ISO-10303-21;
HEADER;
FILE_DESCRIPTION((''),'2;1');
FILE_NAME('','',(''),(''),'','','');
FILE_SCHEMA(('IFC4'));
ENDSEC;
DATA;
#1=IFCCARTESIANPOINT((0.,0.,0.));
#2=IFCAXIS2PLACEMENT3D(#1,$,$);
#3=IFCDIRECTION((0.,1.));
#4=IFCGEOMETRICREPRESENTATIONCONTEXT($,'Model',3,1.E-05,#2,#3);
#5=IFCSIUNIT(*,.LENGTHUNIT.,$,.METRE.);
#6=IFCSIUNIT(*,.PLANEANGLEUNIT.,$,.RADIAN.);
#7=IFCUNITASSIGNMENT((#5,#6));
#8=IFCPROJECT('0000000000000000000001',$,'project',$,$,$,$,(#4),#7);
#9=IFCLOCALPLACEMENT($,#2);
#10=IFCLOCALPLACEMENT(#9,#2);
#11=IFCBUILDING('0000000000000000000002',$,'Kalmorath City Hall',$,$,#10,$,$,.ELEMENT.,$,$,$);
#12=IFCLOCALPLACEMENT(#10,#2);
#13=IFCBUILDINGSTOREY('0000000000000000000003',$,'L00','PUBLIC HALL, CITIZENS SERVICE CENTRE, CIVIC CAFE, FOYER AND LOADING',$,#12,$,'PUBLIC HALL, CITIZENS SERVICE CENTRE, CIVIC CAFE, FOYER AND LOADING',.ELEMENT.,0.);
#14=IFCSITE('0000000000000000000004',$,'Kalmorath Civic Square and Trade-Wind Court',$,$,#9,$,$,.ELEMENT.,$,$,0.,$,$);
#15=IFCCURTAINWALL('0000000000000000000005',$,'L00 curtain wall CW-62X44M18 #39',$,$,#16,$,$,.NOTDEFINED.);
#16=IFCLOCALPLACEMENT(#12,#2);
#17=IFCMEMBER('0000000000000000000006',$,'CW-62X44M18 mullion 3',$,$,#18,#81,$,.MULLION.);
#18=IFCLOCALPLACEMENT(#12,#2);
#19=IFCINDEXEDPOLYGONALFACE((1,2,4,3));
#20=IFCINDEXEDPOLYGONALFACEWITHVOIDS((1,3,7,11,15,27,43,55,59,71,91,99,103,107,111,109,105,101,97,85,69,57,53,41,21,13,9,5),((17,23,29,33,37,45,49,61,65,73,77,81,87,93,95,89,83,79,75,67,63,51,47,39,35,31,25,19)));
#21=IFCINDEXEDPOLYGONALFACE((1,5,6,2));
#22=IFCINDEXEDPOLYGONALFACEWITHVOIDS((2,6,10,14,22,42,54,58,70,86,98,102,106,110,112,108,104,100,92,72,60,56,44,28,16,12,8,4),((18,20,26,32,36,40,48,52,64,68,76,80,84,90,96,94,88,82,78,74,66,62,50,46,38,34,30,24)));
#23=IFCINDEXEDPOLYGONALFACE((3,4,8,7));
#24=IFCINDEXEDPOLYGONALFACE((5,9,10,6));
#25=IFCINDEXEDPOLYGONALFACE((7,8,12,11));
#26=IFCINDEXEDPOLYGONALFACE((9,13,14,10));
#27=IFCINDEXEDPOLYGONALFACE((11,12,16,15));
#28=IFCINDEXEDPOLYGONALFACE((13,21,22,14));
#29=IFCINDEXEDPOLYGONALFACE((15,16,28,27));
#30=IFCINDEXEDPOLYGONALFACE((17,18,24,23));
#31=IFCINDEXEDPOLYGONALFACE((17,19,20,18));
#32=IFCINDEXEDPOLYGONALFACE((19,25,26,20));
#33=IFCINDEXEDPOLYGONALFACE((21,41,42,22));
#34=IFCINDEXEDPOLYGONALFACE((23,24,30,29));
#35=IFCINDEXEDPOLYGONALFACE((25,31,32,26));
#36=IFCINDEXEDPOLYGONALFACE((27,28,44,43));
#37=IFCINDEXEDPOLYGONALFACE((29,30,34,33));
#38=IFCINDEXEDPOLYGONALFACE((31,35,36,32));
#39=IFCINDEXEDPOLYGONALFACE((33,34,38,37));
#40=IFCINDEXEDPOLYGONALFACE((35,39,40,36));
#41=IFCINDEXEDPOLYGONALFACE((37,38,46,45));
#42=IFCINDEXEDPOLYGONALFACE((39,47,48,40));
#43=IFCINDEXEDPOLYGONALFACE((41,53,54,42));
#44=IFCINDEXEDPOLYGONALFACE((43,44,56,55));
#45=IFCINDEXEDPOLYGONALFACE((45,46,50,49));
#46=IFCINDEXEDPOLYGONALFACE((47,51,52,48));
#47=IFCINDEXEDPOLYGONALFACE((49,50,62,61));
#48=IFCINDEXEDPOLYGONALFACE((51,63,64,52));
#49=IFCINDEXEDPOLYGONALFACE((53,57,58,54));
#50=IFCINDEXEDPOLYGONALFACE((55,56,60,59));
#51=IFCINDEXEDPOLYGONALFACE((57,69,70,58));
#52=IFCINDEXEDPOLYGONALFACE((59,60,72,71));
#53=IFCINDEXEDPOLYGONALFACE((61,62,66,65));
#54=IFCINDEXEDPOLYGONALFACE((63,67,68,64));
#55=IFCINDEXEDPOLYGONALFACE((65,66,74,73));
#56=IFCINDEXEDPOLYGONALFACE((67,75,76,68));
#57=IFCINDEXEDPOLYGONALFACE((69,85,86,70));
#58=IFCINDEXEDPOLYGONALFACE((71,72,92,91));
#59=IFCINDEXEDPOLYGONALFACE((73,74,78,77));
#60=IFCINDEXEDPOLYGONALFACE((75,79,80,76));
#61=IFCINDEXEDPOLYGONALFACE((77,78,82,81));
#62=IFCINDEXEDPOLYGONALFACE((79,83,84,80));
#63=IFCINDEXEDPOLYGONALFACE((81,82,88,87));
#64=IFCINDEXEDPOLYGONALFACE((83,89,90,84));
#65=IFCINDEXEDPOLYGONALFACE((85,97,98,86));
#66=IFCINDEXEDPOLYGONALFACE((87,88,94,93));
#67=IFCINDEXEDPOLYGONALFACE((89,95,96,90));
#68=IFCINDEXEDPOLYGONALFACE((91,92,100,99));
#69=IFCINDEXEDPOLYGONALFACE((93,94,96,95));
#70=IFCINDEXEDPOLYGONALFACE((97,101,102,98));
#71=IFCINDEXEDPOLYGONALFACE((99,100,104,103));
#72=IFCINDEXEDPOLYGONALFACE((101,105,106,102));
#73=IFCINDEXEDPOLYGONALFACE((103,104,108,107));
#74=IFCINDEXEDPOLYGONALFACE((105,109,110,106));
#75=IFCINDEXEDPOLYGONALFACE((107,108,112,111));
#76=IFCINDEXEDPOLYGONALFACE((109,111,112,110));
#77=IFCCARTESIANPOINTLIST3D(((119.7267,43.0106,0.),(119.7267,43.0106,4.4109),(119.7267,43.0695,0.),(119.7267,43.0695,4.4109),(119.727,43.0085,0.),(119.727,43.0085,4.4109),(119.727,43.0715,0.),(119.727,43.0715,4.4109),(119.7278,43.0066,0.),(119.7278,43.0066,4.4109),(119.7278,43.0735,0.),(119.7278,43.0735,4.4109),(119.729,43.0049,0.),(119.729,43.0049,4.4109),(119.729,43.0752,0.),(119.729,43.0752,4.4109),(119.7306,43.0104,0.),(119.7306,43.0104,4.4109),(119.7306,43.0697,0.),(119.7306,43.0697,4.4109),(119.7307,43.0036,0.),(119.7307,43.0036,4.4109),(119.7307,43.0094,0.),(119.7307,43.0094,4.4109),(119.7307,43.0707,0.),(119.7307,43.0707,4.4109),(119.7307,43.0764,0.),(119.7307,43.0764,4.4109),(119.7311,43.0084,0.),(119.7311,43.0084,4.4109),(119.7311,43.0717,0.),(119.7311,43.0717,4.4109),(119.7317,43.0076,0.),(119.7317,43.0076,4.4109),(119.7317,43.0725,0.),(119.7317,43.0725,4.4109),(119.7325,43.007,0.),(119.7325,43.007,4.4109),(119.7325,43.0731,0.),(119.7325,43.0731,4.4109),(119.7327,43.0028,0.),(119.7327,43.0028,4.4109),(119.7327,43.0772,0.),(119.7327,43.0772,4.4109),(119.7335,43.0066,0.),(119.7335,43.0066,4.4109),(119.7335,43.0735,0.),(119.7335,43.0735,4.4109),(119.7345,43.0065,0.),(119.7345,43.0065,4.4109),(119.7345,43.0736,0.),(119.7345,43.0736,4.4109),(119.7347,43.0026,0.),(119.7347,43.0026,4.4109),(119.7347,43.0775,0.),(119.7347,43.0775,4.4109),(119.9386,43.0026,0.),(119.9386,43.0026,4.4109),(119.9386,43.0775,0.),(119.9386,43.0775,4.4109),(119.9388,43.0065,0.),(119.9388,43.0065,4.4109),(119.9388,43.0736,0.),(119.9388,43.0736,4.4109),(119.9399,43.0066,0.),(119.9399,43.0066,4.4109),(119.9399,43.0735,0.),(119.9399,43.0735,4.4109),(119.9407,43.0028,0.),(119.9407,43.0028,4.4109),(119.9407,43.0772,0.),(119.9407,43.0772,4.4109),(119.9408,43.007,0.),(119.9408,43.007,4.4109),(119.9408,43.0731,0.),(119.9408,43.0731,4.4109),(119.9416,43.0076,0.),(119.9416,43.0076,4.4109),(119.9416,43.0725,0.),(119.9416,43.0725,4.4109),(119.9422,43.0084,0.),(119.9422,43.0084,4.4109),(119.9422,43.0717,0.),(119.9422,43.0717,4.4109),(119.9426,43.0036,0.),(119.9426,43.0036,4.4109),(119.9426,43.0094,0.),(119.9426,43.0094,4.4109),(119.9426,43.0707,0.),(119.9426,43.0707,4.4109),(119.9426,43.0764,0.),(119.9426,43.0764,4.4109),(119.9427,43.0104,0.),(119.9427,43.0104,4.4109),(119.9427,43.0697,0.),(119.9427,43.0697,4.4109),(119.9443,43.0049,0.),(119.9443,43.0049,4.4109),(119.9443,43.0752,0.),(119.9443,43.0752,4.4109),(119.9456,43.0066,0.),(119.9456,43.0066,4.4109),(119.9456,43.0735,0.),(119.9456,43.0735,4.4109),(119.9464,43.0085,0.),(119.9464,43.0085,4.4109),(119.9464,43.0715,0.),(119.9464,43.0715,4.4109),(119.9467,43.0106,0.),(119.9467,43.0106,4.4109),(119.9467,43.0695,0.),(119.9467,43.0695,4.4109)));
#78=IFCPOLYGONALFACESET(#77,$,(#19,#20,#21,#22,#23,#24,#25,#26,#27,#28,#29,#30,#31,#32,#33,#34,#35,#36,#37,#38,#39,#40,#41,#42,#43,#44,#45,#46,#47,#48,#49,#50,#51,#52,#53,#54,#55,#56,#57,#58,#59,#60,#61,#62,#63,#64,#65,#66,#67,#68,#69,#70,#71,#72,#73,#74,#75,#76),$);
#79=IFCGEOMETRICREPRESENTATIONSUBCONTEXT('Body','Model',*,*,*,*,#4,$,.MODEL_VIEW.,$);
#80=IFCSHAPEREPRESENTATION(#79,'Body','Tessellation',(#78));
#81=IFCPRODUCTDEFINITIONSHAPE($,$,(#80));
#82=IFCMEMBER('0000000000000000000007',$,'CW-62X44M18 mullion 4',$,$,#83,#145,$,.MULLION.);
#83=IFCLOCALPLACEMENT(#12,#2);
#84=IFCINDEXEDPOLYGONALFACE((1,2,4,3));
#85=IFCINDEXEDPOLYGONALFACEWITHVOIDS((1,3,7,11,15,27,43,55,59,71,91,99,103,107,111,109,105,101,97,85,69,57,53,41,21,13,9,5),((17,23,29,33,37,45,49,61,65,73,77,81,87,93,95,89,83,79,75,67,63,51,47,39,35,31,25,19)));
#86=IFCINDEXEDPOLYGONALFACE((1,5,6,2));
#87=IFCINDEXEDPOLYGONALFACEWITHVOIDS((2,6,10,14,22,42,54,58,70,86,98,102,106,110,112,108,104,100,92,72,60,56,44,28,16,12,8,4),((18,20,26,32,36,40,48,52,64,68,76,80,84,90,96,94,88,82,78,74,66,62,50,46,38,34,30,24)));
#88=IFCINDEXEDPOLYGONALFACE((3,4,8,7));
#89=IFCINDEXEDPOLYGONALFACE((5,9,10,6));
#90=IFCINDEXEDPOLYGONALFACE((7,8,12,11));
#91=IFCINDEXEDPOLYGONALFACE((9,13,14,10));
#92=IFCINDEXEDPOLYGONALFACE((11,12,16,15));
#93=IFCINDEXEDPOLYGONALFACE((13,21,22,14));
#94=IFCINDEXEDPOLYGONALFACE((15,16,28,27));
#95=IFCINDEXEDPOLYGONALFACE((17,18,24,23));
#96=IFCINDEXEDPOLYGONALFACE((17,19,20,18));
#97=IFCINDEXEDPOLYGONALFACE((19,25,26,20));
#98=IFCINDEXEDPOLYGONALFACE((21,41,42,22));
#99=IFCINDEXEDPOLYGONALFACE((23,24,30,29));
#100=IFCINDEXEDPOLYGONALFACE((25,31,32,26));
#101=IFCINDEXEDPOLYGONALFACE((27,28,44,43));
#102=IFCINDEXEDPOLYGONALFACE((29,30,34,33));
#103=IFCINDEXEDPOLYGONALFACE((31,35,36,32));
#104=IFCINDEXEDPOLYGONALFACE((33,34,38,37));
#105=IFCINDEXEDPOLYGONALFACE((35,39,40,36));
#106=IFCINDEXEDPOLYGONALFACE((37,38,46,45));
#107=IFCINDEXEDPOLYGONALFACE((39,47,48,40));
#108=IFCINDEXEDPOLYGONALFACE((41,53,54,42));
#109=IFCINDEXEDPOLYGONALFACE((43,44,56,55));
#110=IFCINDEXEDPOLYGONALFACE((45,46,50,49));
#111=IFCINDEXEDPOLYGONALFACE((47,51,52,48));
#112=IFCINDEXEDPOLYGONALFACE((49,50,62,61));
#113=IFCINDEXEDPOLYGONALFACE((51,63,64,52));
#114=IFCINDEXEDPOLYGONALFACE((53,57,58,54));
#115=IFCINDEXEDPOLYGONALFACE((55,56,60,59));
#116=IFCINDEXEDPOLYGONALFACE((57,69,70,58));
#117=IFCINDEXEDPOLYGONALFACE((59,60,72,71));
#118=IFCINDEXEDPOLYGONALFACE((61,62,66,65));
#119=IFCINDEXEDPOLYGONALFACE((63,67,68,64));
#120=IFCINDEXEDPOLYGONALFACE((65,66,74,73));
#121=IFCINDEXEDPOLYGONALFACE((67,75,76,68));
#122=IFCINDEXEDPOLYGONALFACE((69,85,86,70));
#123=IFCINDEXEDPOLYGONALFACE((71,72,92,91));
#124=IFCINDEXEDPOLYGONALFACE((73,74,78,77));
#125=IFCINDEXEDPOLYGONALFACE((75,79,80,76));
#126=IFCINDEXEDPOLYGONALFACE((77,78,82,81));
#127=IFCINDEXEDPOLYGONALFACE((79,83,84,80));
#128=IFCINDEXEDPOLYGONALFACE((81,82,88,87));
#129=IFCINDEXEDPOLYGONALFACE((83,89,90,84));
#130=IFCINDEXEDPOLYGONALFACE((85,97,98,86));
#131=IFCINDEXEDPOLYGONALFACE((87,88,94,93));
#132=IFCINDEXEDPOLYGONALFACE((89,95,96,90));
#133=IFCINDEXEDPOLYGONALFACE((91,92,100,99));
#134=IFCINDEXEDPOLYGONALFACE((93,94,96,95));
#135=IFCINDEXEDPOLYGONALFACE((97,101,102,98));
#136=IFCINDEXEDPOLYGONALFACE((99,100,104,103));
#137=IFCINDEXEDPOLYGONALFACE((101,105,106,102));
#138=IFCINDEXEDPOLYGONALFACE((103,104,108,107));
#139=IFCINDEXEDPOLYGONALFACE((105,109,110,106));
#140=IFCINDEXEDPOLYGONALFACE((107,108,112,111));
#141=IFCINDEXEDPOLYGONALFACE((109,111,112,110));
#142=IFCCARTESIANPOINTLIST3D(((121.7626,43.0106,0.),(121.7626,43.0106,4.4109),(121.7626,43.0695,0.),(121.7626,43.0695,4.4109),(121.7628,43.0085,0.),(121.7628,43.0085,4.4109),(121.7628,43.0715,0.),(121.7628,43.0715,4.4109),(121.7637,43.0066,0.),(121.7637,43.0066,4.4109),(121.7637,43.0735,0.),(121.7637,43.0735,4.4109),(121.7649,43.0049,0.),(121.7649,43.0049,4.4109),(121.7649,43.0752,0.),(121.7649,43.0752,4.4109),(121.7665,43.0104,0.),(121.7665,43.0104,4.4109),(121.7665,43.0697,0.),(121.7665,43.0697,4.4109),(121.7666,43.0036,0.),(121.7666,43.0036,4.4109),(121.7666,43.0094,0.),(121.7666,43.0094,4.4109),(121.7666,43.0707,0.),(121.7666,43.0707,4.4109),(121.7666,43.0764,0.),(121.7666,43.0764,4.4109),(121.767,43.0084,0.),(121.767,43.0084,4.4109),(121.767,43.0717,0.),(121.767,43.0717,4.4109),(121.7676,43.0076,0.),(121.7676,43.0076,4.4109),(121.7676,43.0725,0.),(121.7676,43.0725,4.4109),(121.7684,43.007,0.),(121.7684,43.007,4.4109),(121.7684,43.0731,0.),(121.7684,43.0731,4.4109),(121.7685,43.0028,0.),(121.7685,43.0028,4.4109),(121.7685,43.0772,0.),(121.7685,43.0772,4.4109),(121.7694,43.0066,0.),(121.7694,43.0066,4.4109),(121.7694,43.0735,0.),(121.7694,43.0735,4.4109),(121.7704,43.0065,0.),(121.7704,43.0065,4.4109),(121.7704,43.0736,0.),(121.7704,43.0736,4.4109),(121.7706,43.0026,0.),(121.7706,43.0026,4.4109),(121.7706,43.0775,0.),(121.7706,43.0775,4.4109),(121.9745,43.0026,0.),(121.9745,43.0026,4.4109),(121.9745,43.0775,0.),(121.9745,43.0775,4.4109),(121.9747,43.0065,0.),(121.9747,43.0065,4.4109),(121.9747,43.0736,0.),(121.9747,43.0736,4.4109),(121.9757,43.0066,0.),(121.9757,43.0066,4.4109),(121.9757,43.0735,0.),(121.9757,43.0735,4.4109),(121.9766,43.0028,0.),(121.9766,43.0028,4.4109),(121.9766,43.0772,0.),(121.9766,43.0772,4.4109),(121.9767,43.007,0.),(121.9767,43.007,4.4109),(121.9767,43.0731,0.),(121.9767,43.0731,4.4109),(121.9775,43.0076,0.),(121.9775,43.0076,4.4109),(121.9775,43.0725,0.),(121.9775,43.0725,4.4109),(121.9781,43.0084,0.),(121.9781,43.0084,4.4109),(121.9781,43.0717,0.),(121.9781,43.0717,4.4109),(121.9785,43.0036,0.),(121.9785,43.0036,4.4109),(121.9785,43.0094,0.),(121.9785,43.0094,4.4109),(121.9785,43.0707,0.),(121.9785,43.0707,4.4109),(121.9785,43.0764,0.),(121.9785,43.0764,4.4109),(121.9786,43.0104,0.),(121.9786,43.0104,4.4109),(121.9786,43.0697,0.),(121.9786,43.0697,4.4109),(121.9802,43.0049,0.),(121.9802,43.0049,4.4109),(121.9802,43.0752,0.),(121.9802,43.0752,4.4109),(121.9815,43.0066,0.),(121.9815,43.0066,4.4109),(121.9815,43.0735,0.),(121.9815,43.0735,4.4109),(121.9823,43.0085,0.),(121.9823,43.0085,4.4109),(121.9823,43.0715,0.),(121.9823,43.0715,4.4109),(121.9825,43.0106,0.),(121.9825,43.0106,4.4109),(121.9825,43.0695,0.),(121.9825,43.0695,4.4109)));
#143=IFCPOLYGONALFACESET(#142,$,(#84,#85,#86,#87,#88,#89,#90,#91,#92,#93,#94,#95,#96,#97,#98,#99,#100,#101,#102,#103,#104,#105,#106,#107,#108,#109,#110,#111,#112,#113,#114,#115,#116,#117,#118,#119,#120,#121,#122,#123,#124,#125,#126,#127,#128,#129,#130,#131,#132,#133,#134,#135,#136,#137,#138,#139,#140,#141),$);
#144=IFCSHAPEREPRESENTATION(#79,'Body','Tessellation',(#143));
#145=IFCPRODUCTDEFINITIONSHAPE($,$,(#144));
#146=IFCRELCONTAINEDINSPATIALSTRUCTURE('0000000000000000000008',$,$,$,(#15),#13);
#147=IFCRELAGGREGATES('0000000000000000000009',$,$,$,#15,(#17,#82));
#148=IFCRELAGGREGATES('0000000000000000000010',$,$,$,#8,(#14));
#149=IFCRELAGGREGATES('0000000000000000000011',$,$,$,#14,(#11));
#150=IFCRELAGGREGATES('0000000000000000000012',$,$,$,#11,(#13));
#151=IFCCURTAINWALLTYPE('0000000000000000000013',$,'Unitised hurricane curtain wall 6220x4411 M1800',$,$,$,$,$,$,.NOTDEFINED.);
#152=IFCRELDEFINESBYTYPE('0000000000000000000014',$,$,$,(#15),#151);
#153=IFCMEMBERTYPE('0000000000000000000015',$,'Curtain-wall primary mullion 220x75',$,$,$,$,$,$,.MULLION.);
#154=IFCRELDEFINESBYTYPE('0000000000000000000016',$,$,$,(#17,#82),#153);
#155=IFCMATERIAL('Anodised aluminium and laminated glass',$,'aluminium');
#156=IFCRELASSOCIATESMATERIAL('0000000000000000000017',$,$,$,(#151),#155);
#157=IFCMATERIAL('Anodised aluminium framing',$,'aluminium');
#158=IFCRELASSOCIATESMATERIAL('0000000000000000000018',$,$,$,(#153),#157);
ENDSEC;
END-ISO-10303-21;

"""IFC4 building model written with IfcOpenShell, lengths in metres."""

from ifc_helpers import new_model, si_unit, direction, frame, origin, origin_2d, place, context, subcontext, project, spatial, hollow_rectangle, extrude, material, material_profile, profile_set, type_object, element, aggregate, save


model = new_model("IFC4")

# Units and contexts
model_context = context("Model", 3, precision=1e-05, world=origin(), true_north=direction((0.0, 1.0)))
body_context = subcontext(model_context, "Body", "Model", "MODEL_VIEW")
ifc_project = project(units=[si_unit("LENGTHUNIT", "METRE"), si_unit("PLANEANGLEUNIT", "RADIAN")], contexts=[model_context])

# Site, building, storey
site_placement = place(None, origin())
site = spatial("IfcSite", under=ifc_project, at=site_placement, Name="Kalmorath Civic Square and Trade-Wind Court", CompositionType="ELEMENT", RefElevation=0.0)
building_placement = place(site_placement, origin())
building = spatial("IfcBuilding", under=site, at=building_placement, Name="Kalmorath City Hall", CompositionType="ELEMENT")
storey_placement = place(building_placement, origin())
storey = spatial("IfcBuildingStorey", under=building, at=storey_placement, Name="L00", Description="PUBLIC HALL, CITIZENS SERVICE CENTRE, CIVIC CAFE, FOYER AND LOADING", LongName="PUBLIC HALL, CITIZENS SERVICE CENTRE, CIVIC CAFE, FOYER AND LOADING", CompositionType="ELEMENT", Elevation=0.0)

# Curtain wall, members
ifc_material_1 = material(Name="Anodised aluminium and laminated glass", Category="aluminium")
curtain_wall_type = type_object("IfcCurtainWallType", Name="Unitised hurricane curtain wall 6220x4411 M1800", PredefinedType="NOTDEFINED", material=ifc_material_1)
curtain_wall_placement = place(storey_placement, origin())
curtain_wall = element("IfcCurtainWall", 1, at=curtain_wall_placement, inside=storey, type_object=curtain_wall_type, Name="L00 curtain wall CW-62X44M18 #39", PredefinedType="NOTDEFINED")
ifc_material_2 = material(Name="Anodised aluminium framing", Category="aluminium")
ifc_material_profile_1 = material_profile(ifc_material_2, hollow_rectangle(XDim=0.075, YDim=0.22, WallThickness=0.0039, InnerFilletRadius=0.0039, OuterFilletRadius=0.0081, at=origin_2d()), Name="ALU-MUL-220X75X4")
ifc_profile_set_1 = profile_set([ifc_material_profile_1], Name="Anodised aluminium framing")
member_type_1 = type_object("IfcMemberType", Name="Curtain-wall primary mullion 220x75", PredefinedType="MULLION", material=ifc_profile_set_1)
member_1_placement = place(storey_placement, frame((119.8367, 43.04, 0.0), z_axis=(0.0, 0.0, 1.0), x_axis=(0.0, 1.0, 0.0)))
member_1 = element("IfcMember", 2, at=member_1_placement, type_object=member_type_1, Name="CW-62X44M18 mullion 3", PredefinedType="MULLION", context=body_context, shape_type="SweptSolid", body=[
    extrude(hollow_rectangle(XDim=0.075, YDim=0.22, WallThickness=0.0039, InnerFilletRadius=0.0039, OuterFilletRadius=0.0081, at=origin_2d()), origin(), (0.0, 0.0, 1.0), 4.4109),
])
member_2_placement = place(storey_placement, frame((121.8726, 43.04, 0.0), z_axis=(0.0, 0.0, 1.0), x_axis=(0.0, 1.0, 0.0)))
member_2 = element("IfcMember", 3, at=member_2_placement, type_object=member_type_1, Name="CW-62X44M18 mullion 4", PredefinedType="MULLION", context=body_context, shape_type="SweptSolid", body=[
    extrude(hollow_rectangle(XDim=0.075, YDim=0.22, WallThickness=0.0039, InnerFilletRadius=0.0039, OuterFilletRadius=0.0081, at=origin_2d()), origin(), (0.0, 0.0, 1.0), 4.4109),
])
aggregate(curtain_wall, [member_1, member_2])

save(model, "model.ifc")
